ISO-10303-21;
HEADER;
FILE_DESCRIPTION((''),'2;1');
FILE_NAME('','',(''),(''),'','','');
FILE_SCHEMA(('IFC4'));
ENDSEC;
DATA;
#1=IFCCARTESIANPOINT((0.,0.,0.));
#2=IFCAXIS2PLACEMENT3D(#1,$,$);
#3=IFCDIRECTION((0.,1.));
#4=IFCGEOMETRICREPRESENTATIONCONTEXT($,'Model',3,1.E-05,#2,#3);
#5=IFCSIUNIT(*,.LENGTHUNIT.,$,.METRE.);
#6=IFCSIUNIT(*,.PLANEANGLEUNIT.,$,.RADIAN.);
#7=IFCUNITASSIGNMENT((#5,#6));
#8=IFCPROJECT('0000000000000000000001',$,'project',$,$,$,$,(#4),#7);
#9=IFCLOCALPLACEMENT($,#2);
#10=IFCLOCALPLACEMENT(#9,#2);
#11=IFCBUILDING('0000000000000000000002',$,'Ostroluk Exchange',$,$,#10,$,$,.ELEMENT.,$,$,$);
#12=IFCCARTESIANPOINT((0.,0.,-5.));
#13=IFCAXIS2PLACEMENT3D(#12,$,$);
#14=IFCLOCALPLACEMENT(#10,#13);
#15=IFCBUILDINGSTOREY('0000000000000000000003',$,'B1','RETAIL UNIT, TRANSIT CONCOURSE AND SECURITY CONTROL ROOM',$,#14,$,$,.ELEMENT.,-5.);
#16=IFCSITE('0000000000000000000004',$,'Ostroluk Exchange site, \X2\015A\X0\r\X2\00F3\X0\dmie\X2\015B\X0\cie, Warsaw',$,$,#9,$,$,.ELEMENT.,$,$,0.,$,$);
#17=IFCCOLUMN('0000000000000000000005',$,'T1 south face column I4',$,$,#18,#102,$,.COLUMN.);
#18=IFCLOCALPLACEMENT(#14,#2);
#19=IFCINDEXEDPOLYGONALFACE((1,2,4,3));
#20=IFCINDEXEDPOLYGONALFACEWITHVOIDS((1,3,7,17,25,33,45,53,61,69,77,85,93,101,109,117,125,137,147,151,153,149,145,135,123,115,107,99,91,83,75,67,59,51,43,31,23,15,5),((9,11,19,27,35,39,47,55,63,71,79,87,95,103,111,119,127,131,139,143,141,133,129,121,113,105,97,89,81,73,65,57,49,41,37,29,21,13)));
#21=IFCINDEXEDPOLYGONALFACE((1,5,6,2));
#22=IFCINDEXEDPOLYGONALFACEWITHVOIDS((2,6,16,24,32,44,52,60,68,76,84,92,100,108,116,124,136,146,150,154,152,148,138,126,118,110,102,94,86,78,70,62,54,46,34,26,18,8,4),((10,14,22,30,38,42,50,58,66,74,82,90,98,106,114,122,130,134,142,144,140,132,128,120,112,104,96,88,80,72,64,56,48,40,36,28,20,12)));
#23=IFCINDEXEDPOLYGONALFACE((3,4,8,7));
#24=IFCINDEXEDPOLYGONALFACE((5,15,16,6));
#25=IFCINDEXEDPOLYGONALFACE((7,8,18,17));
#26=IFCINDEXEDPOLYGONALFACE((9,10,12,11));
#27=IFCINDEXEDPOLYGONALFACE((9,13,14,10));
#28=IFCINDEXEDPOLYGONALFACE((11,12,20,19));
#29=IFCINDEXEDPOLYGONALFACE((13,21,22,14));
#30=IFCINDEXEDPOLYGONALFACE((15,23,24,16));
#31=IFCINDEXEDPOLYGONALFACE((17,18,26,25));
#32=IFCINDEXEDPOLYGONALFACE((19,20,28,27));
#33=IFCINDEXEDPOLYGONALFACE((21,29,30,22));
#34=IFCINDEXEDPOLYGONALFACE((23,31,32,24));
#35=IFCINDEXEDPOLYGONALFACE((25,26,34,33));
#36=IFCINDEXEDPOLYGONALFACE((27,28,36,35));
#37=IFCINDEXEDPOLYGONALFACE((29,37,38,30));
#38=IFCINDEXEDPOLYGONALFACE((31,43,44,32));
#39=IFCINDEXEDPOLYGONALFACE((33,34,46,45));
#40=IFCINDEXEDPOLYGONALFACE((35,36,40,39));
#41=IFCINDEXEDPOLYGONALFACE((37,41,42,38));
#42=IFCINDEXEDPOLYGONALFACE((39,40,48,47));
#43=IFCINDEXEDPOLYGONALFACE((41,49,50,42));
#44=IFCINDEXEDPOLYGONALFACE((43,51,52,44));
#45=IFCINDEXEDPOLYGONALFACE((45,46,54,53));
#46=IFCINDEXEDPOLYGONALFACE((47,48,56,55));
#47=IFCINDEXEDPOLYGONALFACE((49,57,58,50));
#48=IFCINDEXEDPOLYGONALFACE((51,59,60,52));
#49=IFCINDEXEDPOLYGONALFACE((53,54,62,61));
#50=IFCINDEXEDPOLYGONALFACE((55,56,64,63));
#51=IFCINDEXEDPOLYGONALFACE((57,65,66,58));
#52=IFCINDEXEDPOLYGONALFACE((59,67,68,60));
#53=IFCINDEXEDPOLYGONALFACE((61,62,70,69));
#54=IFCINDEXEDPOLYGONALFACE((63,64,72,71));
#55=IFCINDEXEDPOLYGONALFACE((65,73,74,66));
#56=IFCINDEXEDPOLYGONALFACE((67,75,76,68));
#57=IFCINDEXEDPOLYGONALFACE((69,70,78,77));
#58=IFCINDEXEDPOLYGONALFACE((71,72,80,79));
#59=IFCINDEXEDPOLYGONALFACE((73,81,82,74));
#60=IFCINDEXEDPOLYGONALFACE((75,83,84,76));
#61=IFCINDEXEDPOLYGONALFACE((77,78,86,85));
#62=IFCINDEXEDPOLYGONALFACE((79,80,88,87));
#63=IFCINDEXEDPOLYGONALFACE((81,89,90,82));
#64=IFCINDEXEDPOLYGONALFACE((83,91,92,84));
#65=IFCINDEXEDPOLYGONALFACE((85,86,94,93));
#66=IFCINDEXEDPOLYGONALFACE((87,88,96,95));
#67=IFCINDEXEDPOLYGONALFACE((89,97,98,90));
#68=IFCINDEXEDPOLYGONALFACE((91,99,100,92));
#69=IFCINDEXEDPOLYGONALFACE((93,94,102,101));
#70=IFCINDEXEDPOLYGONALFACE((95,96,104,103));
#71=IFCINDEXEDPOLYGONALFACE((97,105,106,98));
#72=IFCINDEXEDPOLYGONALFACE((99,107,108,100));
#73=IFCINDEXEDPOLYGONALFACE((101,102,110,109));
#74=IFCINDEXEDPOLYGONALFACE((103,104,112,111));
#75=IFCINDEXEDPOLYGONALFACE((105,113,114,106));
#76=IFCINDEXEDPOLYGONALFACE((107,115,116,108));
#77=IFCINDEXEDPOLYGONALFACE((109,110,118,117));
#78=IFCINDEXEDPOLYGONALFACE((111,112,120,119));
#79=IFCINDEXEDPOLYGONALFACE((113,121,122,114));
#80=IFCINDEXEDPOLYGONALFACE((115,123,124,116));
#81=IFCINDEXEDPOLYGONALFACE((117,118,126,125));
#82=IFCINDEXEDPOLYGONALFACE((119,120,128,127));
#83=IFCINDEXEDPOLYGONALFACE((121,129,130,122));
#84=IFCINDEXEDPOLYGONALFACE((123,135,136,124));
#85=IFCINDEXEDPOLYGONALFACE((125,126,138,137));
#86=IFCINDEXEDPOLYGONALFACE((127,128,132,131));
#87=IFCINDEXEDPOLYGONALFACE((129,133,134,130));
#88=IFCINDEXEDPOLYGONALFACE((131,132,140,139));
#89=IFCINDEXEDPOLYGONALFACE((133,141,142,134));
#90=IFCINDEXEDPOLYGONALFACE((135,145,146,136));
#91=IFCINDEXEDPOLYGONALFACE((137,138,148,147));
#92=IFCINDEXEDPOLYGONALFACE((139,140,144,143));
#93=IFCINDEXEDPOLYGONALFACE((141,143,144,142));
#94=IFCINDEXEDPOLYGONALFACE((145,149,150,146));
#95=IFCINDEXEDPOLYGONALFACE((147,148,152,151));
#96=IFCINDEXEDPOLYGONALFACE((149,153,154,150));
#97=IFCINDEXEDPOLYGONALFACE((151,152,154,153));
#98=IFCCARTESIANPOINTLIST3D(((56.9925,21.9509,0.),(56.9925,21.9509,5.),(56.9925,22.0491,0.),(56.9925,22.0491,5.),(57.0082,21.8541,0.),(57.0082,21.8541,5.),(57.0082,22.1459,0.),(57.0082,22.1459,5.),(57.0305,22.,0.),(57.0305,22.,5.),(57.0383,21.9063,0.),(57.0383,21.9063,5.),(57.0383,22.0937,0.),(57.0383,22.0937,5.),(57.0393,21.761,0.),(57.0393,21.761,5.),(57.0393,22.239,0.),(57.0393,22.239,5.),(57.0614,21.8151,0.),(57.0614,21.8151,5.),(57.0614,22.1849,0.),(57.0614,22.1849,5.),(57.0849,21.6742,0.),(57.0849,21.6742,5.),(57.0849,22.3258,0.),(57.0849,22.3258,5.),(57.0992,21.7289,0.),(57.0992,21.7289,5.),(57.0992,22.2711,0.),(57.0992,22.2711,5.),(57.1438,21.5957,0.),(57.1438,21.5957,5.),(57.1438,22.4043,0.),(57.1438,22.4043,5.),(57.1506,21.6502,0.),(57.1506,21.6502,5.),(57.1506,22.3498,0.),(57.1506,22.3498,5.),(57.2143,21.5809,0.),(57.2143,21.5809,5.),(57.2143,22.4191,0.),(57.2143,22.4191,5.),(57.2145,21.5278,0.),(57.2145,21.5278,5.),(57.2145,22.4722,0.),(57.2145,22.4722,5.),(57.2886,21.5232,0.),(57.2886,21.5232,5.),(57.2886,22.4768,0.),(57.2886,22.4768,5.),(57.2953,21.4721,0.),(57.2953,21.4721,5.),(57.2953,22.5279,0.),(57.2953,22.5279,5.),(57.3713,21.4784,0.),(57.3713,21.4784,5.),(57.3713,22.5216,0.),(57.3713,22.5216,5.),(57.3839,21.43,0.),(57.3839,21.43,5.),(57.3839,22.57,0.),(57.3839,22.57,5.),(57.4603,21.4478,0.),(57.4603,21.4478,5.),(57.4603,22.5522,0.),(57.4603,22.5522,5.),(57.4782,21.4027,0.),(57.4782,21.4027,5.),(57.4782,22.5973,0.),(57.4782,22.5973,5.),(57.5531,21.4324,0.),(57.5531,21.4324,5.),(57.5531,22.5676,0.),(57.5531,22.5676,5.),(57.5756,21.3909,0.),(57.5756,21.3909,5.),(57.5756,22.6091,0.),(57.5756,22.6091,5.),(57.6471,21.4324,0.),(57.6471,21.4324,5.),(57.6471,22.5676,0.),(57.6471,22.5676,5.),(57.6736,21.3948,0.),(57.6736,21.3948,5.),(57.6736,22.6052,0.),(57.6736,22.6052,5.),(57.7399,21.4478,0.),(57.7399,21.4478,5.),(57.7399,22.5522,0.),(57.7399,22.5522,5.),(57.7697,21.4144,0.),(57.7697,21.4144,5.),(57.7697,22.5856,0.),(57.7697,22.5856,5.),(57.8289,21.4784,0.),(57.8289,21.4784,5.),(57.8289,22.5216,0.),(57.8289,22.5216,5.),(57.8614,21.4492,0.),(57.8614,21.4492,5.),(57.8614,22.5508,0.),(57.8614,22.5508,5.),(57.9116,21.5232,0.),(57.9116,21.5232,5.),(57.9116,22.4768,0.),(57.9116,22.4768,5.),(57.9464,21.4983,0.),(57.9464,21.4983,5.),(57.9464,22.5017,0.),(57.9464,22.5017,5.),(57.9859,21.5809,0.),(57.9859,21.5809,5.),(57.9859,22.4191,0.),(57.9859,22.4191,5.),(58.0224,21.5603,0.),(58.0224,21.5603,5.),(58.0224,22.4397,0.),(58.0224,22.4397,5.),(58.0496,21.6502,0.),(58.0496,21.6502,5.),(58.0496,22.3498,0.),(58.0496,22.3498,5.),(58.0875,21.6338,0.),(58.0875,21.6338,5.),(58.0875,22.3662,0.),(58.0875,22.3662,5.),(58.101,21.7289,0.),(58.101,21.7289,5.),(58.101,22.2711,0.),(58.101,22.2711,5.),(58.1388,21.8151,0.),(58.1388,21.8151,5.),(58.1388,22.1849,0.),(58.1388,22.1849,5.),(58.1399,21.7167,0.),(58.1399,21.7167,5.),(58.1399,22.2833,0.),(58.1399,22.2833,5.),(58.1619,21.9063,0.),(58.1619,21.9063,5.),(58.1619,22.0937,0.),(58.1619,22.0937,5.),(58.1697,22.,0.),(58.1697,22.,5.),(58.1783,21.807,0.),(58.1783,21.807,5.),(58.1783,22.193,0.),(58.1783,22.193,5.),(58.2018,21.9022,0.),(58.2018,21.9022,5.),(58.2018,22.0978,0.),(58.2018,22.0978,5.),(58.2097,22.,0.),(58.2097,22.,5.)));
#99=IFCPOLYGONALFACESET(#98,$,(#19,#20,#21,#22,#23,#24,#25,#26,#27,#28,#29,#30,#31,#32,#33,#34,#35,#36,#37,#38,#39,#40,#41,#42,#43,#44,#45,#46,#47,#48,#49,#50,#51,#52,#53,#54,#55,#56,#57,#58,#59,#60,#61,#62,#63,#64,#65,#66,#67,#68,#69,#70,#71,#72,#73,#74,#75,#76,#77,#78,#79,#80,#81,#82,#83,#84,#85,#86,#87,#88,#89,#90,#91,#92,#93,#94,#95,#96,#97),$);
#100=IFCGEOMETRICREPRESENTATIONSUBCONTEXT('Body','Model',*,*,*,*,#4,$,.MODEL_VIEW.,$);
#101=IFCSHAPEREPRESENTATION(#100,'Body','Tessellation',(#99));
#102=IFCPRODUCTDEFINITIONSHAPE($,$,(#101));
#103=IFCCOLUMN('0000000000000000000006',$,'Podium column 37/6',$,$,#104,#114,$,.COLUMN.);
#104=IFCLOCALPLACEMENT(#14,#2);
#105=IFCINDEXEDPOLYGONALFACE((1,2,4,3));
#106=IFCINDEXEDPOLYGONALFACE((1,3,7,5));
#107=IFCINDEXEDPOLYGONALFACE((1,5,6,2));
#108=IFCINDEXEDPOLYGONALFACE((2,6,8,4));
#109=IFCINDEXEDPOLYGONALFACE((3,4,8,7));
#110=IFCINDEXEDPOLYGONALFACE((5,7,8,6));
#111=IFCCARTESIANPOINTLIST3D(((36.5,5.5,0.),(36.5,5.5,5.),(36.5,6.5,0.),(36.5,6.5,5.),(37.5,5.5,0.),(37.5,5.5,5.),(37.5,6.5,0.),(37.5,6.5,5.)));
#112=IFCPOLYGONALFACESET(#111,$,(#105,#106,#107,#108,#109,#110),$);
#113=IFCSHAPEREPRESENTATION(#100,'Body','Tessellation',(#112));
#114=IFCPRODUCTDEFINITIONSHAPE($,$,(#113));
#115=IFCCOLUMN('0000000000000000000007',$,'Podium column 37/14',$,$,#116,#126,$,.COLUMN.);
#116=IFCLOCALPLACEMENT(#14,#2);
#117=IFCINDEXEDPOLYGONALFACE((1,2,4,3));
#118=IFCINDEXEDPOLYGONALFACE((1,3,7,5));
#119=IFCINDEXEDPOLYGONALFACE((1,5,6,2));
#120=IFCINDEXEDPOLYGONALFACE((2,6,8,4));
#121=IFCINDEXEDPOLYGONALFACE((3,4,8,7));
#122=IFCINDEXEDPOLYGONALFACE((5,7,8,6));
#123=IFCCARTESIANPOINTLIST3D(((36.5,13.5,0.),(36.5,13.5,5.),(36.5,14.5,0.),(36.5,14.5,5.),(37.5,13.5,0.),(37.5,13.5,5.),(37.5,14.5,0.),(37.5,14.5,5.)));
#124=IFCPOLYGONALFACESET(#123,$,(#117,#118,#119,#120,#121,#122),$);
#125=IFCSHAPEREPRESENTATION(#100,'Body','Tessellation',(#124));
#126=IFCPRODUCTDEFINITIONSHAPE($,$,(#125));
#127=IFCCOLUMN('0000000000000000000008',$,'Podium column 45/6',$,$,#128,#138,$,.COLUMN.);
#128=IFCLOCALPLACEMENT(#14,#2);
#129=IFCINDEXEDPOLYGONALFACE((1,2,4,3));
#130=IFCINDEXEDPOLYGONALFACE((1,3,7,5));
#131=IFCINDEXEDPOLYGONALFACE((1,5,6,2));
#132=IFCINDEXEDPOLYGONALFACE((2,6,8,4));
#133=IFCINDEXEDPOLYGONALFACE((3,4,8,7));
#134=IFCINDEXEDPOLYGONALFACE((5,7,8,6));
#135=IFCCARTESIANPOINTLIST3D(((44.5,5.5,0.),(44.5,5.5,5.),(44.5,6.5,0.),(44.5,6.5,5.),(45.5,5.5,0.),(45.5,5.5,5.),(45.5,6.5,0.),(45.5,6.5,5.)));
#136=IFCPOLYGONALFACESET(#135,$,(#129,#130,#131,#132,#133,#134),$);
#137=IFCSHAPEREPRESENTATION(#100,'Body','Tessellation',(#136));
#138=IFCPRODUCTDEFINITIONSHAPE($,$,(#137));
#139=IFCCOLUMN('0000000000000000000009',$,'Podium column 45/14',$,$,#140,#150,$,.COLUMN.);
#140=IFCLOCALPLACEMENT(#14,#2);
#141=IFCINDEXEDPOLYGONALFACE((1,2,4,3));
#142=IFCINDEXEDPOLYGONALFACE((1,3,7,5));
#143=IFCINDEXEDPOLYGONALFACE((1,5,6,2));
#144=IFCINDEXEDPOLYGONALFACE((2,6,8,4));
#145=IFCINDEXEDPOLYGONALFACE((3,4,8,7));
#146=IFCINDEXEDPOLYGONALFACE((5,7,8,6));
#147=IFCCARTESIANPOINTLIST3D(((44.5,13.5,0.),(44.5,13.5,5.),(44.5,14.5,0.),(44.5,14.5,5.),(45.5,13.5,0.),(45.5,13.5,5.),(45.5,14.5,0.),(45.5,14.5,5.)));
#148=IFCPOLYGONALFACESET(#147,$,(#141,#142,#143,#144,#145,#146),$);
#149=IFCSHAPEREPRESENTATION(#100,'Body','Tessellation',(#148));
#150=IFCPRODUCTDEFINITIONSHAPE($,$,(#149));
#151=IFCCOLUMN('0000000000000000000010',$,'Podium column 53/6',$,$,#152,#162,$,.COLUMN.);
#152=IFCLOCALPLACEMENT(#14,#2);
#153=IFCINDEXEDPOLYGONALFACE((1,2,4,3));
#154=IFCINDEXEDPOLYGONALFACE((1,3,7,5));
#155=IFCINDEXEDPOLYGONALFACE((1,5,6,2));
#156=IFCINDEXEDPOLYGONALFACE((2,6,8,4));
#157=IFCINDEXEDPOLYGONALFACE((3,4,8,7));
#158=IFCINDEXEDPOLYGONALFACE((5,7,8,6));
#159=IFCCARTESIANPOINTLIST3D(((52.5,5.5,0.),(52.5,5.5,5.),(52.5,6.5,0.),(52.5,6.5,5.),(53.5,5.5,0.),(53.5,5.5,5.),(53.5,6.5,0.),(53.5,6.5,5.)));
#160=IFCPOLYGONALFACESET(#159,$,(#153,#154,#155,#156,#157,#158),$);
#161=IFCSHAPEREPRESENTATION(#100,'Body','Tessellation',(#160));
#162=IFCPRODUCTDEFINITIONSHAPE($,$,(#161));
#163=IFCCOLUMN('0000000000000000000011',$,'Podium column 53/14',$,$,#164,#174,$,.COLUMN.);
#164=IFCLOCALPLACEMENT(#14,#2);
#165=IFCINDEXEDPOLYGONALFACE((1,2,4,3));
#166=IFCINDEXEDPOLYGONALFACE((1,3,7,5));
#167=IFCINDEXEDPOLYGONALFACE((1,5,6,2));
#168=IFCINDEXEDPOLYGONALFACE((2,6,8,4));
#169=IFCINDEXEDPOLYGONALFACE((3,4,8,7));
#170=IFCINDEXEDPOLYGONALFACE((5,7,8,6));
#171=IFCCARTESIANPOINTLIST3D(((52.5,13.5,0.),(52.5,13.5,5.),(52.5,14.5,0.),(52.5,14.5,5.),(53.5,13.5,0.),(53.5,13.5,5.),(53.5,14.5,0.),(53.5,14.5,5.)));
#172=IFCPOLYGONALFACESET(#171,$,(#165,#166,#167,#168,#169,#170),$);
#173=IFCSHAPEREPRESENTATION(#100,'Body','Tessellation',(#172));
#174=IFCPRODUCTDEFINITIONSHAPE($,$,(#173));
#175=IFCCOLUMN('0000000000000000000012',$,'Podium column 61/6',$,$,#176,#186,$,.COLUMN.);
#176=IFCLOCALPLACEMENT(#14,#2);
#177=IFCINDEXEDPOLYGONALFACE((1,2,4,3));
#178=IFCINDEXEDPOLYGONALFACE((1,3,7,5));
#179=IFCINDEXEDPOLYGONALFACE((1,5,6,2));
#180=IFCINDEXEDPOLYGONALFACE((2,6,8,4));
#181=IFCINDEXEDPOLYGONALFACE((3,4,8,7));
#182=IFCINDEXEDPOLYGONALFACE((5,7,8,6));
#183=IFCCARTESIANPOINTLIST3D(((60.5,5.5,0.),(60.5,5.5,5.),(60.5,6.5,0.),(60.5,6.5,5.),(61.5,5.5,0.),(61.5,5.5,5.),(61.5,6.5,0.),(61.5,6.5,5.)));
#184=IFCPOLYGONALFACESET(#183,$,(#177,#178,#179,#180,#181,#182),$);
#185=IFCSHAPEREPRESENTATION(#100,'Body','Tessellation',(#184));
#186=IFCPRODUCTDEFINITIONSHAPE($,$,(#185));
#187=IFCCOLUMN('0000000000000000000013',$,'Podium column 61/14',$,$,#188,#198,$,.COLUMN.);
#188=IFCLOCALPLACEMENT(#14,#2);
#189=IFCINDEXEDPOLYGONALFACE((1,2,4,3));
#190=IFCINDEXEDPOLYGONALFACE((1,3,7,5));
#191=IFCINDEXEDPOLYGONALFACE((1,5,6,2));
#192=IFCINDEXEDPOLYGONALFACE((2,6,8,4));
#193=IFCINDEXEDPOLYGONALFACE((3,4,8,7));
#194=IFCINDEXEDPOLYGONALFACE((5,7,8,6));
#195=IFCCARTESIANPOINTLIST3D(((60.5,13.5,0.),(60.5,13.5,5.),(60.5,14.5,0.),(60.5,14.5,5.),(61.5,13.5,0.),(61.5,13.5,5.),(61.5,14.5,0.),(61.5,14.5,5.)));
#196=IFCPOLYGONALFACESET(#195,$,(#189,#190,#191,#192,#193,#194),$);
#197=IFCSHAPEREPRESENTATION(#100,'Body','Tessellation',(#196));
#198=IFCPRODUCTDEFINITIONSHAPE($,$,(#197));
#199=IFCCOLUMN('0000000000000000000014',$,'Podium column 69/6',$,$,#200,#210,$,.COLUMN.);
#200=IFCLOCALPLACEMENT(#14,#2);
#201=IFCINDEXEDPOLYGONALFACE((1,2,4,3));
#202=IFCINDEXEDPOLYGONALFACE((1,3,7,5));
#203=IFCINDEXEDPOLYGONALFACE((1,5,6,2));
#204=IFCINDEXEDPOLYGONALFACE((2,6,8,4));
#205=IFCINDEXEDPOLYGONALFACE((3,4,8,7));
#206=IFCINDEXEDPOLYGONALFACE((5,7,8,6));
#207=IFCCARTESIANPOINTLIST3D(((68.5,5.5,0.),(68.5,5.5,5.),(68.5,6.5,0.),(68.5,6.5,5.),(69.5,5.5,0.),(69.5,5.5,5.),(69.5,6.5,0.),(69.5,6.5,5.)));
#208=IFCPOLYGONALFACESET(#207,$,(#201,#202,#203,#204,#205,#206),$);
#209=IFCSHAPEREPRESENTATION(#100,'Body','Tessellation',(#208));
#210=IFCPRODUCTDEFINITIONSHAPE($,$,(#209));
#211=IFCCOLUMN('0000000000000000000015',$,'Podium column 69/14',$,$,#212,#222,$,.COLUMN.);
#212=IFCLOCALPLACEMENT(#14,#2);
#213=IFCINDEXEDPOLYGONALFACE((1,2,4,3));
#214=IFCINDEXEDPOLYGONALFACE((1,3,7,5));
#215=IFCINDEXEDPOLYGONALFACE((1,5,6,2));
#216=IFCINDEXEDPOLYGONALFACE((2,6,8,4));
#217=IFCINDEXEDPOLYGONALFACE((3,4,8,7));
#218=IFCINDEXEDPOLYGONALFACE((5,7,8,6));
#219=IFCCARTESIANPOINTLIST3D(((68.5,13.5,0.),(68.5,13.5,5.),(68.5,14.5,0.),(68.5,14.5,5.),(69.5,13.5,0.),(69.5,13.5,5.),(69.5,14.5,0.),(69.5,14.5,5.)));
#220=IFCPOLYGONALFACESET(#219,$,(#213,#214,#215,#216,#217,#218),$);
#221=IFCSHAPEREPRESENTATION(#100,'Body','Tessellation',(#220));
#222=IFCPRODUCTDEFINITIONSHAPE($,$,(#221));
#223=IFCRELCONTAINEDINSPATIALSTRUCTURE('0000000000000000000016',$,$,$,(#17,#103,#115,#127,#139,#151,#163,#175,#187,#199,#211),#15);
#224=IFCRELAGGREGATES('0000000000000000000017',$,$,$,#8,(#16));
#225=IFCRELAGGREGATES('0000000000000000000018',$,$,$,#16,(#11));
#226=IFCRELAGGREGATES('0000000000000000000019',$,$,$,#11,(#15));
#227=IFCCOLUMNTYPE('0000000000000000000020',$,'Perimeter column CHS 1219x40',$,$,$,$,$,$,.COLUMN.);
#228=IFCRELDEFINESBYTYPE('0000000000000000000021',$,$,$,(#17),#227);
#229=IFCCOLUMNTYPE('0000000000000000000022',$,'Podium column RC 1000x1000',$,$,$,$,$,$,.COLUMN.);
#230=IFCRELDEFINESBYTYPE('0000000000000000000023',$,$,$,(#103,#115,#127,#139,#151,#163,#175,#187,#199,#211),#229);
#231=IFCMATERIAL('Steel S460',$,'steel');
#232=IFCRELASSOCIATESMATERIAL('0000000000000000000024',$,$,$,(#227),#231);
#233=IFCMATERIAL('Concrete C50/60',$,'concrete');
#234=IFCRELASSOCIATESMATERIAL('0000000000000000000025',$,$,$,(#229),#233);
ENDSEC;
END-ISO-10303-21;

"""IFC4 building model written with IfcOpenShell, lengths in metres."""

from ifc_helpers import new_model, si_unit, direction, frame, origin, origin_2d, place, context, subcontext, project, spatial, rectangle, hollow_circle, extrude, material, material_profile, profile_set, type_object, element, save


model = new_model("IFC4")

# Units and contexts
model_context = context("Model", 3, precision=1e-05, world=origin(), true_north=direction((0.0, 1.0)))
body_context = subcontext(model_context, "Body", "Model", "MODEL_VIEW")
ifc_project = project(units=[si_unit("LENGTHUNIT", "METRE"), si_unit("PLANEANGLEUNIT", "RADIAN")], contexts=[model_context])

# Site, building, storey
site_placement = place(None, origin())
site = spatial("IfcSite", under=ifc_project, at=site_placement, Name="Ostroluk Exchange site, Śródmieście, Warsaw", CompositionType="ELEMENT", RefElevation=0.0)
building_placement = place(site_placement, origin())
building = spatial("IfcBuilding", under=site, at=building_placement, Name="Ostroluk Exchange", CompositionType="ELEMENT")
storey_placement = place(building_placement, frame((0.0, 0.0, -5.0)))
storey = spatial("IfcBuildingStorey", under=building, at=storey_placement, Name="B1", Description="RETAIL UNIT, TRANSIT CONCOURSE AND SECURITY CONTROL ROOM", CompositionType="ELEMENT", Elevation=-5.0)

# Columns
ifc_material_1 = material(Name="Steel S460", Category="steel")
ifc_material_profile_1 = material_profile(ifc_material_1, hollow_circle(Radius=0.6096, WallThickness=0.04, at=origin_2d()), Name="CHS 1219x40")
ifc_profile_set_1 = profile_set([ifc_material_profile_1], Name="Steel S460")
column_type_1 = type_object("IfcColumnType", Name="Perimeter column CHS 1219x40", PredefinedType="COLUMN", material=ifc_profile_set_1)
for number, where, z_axis, x_axis, name in (
    (1, (57.6001, 22.0, 0.0), (0.0, 0.0, 1.0), (1.0, 0.0, 0.0), "T1 south face column I4"),
):
    element("IfcColumn", number, at=place(storey_placement, frame(where, z_axis=z_axis, x_axis=x_axis)), inside=storey, type_object=column_type_1, Name=name, PredefinedType="COLUMN", context=body_context, shape_type="SweptSolid", body=[
        extrude(hollow_circle(Radius=0.6096, WallThickness=0.04, at=origin_2d()), origin(), (0.0, 0.0, 1.0), 5.0),
    ])
ifc_material_2 = material(Name="Concrete C50/60", Category="concrete")
ifc_material_profile_2 = material_profile(ifc_material_2, rectangle(XDim=1.0, YDim=1.0, at=origin_2d()), Name="RC 1000x1000")
ifc_profile_set_2 = profile_set([ifc_material_profile_2], Name="Concrete C50/60")
column_type_2 = type_object("IfcColumnType", Name="Podium column RC 1000x1000", PredefinedType="COLUMN", material=ifc_profile_set_2)
for number, where, z_axis, x_axis, name in (
    (2, (37.0, 6.0, 0.0), (0.0, 0.0, 1.0), (1.0, 0.0, 0.0), "Podium column 37/6"),
    (3, (37.0, 14.0, 0.0), (0.0, 0.0, 1.0), (1.0, 0.0, 0.0), "Podium column 37/14"),
    (4, (45.0, 6.0, 0.0), (0.0, 0.0, 1.0), (1.0, 0.0, 0.0), "Podium column 45/6"),
    (5, (45.0, 14.0, 0.0), (0.0, 0.0, 1.0), (1.0, 0.0, 0.0), "Podium column 45/14"),
    (6, (53.0, 6.0, 0.0), (0.0, 0.0, 1.0), (1.0, 0.0, 0.0), "Podium column 53/6"),
    (7, (53.0, 14.0, 0.0), (0.0, 0.0, 1.0), (1.0, 0.0, 0.0), "Podium column 53/14"),
    (8, (61.0, 6.0, 0.0), (0.0, 0.0, 1.0), (1.0, 0.0, 0.0), "Podium column 61/6"),
    (9, (61.0, 14.0, 0.0), (0.0, 0.0, 1.0), (1.0, 0.0, 0.0), "Podium column 61/14"),
    (10, (69.0, 6.0, 0.0), (0.0, 0.0, 1.0), (1.0, 0.0, 0.0), "Podium column 69/6"),
    (11, (69.0, 14.0, 0.0), (0.0, 0.0, 1.0), (1.0, 0.0, 0.0), "Podium column 69/14"),
):
    element("IfcColumn", number, at=place(storey_placement, frame(where, z_axis=z_axis, x_axis=x_axis)), inside=storey, type_object=column_type_2, Name=name, PredefinedType="COLUMN", context=body_context, shape_type="SweptSolid", body=[
        extrude(rectangle(XDim=1.0, YDim=1.0, at=origin_2d()), origin(), (0.0, 0.0, 1.0), 5.0),
    ])

save(model, "model.ifc")
